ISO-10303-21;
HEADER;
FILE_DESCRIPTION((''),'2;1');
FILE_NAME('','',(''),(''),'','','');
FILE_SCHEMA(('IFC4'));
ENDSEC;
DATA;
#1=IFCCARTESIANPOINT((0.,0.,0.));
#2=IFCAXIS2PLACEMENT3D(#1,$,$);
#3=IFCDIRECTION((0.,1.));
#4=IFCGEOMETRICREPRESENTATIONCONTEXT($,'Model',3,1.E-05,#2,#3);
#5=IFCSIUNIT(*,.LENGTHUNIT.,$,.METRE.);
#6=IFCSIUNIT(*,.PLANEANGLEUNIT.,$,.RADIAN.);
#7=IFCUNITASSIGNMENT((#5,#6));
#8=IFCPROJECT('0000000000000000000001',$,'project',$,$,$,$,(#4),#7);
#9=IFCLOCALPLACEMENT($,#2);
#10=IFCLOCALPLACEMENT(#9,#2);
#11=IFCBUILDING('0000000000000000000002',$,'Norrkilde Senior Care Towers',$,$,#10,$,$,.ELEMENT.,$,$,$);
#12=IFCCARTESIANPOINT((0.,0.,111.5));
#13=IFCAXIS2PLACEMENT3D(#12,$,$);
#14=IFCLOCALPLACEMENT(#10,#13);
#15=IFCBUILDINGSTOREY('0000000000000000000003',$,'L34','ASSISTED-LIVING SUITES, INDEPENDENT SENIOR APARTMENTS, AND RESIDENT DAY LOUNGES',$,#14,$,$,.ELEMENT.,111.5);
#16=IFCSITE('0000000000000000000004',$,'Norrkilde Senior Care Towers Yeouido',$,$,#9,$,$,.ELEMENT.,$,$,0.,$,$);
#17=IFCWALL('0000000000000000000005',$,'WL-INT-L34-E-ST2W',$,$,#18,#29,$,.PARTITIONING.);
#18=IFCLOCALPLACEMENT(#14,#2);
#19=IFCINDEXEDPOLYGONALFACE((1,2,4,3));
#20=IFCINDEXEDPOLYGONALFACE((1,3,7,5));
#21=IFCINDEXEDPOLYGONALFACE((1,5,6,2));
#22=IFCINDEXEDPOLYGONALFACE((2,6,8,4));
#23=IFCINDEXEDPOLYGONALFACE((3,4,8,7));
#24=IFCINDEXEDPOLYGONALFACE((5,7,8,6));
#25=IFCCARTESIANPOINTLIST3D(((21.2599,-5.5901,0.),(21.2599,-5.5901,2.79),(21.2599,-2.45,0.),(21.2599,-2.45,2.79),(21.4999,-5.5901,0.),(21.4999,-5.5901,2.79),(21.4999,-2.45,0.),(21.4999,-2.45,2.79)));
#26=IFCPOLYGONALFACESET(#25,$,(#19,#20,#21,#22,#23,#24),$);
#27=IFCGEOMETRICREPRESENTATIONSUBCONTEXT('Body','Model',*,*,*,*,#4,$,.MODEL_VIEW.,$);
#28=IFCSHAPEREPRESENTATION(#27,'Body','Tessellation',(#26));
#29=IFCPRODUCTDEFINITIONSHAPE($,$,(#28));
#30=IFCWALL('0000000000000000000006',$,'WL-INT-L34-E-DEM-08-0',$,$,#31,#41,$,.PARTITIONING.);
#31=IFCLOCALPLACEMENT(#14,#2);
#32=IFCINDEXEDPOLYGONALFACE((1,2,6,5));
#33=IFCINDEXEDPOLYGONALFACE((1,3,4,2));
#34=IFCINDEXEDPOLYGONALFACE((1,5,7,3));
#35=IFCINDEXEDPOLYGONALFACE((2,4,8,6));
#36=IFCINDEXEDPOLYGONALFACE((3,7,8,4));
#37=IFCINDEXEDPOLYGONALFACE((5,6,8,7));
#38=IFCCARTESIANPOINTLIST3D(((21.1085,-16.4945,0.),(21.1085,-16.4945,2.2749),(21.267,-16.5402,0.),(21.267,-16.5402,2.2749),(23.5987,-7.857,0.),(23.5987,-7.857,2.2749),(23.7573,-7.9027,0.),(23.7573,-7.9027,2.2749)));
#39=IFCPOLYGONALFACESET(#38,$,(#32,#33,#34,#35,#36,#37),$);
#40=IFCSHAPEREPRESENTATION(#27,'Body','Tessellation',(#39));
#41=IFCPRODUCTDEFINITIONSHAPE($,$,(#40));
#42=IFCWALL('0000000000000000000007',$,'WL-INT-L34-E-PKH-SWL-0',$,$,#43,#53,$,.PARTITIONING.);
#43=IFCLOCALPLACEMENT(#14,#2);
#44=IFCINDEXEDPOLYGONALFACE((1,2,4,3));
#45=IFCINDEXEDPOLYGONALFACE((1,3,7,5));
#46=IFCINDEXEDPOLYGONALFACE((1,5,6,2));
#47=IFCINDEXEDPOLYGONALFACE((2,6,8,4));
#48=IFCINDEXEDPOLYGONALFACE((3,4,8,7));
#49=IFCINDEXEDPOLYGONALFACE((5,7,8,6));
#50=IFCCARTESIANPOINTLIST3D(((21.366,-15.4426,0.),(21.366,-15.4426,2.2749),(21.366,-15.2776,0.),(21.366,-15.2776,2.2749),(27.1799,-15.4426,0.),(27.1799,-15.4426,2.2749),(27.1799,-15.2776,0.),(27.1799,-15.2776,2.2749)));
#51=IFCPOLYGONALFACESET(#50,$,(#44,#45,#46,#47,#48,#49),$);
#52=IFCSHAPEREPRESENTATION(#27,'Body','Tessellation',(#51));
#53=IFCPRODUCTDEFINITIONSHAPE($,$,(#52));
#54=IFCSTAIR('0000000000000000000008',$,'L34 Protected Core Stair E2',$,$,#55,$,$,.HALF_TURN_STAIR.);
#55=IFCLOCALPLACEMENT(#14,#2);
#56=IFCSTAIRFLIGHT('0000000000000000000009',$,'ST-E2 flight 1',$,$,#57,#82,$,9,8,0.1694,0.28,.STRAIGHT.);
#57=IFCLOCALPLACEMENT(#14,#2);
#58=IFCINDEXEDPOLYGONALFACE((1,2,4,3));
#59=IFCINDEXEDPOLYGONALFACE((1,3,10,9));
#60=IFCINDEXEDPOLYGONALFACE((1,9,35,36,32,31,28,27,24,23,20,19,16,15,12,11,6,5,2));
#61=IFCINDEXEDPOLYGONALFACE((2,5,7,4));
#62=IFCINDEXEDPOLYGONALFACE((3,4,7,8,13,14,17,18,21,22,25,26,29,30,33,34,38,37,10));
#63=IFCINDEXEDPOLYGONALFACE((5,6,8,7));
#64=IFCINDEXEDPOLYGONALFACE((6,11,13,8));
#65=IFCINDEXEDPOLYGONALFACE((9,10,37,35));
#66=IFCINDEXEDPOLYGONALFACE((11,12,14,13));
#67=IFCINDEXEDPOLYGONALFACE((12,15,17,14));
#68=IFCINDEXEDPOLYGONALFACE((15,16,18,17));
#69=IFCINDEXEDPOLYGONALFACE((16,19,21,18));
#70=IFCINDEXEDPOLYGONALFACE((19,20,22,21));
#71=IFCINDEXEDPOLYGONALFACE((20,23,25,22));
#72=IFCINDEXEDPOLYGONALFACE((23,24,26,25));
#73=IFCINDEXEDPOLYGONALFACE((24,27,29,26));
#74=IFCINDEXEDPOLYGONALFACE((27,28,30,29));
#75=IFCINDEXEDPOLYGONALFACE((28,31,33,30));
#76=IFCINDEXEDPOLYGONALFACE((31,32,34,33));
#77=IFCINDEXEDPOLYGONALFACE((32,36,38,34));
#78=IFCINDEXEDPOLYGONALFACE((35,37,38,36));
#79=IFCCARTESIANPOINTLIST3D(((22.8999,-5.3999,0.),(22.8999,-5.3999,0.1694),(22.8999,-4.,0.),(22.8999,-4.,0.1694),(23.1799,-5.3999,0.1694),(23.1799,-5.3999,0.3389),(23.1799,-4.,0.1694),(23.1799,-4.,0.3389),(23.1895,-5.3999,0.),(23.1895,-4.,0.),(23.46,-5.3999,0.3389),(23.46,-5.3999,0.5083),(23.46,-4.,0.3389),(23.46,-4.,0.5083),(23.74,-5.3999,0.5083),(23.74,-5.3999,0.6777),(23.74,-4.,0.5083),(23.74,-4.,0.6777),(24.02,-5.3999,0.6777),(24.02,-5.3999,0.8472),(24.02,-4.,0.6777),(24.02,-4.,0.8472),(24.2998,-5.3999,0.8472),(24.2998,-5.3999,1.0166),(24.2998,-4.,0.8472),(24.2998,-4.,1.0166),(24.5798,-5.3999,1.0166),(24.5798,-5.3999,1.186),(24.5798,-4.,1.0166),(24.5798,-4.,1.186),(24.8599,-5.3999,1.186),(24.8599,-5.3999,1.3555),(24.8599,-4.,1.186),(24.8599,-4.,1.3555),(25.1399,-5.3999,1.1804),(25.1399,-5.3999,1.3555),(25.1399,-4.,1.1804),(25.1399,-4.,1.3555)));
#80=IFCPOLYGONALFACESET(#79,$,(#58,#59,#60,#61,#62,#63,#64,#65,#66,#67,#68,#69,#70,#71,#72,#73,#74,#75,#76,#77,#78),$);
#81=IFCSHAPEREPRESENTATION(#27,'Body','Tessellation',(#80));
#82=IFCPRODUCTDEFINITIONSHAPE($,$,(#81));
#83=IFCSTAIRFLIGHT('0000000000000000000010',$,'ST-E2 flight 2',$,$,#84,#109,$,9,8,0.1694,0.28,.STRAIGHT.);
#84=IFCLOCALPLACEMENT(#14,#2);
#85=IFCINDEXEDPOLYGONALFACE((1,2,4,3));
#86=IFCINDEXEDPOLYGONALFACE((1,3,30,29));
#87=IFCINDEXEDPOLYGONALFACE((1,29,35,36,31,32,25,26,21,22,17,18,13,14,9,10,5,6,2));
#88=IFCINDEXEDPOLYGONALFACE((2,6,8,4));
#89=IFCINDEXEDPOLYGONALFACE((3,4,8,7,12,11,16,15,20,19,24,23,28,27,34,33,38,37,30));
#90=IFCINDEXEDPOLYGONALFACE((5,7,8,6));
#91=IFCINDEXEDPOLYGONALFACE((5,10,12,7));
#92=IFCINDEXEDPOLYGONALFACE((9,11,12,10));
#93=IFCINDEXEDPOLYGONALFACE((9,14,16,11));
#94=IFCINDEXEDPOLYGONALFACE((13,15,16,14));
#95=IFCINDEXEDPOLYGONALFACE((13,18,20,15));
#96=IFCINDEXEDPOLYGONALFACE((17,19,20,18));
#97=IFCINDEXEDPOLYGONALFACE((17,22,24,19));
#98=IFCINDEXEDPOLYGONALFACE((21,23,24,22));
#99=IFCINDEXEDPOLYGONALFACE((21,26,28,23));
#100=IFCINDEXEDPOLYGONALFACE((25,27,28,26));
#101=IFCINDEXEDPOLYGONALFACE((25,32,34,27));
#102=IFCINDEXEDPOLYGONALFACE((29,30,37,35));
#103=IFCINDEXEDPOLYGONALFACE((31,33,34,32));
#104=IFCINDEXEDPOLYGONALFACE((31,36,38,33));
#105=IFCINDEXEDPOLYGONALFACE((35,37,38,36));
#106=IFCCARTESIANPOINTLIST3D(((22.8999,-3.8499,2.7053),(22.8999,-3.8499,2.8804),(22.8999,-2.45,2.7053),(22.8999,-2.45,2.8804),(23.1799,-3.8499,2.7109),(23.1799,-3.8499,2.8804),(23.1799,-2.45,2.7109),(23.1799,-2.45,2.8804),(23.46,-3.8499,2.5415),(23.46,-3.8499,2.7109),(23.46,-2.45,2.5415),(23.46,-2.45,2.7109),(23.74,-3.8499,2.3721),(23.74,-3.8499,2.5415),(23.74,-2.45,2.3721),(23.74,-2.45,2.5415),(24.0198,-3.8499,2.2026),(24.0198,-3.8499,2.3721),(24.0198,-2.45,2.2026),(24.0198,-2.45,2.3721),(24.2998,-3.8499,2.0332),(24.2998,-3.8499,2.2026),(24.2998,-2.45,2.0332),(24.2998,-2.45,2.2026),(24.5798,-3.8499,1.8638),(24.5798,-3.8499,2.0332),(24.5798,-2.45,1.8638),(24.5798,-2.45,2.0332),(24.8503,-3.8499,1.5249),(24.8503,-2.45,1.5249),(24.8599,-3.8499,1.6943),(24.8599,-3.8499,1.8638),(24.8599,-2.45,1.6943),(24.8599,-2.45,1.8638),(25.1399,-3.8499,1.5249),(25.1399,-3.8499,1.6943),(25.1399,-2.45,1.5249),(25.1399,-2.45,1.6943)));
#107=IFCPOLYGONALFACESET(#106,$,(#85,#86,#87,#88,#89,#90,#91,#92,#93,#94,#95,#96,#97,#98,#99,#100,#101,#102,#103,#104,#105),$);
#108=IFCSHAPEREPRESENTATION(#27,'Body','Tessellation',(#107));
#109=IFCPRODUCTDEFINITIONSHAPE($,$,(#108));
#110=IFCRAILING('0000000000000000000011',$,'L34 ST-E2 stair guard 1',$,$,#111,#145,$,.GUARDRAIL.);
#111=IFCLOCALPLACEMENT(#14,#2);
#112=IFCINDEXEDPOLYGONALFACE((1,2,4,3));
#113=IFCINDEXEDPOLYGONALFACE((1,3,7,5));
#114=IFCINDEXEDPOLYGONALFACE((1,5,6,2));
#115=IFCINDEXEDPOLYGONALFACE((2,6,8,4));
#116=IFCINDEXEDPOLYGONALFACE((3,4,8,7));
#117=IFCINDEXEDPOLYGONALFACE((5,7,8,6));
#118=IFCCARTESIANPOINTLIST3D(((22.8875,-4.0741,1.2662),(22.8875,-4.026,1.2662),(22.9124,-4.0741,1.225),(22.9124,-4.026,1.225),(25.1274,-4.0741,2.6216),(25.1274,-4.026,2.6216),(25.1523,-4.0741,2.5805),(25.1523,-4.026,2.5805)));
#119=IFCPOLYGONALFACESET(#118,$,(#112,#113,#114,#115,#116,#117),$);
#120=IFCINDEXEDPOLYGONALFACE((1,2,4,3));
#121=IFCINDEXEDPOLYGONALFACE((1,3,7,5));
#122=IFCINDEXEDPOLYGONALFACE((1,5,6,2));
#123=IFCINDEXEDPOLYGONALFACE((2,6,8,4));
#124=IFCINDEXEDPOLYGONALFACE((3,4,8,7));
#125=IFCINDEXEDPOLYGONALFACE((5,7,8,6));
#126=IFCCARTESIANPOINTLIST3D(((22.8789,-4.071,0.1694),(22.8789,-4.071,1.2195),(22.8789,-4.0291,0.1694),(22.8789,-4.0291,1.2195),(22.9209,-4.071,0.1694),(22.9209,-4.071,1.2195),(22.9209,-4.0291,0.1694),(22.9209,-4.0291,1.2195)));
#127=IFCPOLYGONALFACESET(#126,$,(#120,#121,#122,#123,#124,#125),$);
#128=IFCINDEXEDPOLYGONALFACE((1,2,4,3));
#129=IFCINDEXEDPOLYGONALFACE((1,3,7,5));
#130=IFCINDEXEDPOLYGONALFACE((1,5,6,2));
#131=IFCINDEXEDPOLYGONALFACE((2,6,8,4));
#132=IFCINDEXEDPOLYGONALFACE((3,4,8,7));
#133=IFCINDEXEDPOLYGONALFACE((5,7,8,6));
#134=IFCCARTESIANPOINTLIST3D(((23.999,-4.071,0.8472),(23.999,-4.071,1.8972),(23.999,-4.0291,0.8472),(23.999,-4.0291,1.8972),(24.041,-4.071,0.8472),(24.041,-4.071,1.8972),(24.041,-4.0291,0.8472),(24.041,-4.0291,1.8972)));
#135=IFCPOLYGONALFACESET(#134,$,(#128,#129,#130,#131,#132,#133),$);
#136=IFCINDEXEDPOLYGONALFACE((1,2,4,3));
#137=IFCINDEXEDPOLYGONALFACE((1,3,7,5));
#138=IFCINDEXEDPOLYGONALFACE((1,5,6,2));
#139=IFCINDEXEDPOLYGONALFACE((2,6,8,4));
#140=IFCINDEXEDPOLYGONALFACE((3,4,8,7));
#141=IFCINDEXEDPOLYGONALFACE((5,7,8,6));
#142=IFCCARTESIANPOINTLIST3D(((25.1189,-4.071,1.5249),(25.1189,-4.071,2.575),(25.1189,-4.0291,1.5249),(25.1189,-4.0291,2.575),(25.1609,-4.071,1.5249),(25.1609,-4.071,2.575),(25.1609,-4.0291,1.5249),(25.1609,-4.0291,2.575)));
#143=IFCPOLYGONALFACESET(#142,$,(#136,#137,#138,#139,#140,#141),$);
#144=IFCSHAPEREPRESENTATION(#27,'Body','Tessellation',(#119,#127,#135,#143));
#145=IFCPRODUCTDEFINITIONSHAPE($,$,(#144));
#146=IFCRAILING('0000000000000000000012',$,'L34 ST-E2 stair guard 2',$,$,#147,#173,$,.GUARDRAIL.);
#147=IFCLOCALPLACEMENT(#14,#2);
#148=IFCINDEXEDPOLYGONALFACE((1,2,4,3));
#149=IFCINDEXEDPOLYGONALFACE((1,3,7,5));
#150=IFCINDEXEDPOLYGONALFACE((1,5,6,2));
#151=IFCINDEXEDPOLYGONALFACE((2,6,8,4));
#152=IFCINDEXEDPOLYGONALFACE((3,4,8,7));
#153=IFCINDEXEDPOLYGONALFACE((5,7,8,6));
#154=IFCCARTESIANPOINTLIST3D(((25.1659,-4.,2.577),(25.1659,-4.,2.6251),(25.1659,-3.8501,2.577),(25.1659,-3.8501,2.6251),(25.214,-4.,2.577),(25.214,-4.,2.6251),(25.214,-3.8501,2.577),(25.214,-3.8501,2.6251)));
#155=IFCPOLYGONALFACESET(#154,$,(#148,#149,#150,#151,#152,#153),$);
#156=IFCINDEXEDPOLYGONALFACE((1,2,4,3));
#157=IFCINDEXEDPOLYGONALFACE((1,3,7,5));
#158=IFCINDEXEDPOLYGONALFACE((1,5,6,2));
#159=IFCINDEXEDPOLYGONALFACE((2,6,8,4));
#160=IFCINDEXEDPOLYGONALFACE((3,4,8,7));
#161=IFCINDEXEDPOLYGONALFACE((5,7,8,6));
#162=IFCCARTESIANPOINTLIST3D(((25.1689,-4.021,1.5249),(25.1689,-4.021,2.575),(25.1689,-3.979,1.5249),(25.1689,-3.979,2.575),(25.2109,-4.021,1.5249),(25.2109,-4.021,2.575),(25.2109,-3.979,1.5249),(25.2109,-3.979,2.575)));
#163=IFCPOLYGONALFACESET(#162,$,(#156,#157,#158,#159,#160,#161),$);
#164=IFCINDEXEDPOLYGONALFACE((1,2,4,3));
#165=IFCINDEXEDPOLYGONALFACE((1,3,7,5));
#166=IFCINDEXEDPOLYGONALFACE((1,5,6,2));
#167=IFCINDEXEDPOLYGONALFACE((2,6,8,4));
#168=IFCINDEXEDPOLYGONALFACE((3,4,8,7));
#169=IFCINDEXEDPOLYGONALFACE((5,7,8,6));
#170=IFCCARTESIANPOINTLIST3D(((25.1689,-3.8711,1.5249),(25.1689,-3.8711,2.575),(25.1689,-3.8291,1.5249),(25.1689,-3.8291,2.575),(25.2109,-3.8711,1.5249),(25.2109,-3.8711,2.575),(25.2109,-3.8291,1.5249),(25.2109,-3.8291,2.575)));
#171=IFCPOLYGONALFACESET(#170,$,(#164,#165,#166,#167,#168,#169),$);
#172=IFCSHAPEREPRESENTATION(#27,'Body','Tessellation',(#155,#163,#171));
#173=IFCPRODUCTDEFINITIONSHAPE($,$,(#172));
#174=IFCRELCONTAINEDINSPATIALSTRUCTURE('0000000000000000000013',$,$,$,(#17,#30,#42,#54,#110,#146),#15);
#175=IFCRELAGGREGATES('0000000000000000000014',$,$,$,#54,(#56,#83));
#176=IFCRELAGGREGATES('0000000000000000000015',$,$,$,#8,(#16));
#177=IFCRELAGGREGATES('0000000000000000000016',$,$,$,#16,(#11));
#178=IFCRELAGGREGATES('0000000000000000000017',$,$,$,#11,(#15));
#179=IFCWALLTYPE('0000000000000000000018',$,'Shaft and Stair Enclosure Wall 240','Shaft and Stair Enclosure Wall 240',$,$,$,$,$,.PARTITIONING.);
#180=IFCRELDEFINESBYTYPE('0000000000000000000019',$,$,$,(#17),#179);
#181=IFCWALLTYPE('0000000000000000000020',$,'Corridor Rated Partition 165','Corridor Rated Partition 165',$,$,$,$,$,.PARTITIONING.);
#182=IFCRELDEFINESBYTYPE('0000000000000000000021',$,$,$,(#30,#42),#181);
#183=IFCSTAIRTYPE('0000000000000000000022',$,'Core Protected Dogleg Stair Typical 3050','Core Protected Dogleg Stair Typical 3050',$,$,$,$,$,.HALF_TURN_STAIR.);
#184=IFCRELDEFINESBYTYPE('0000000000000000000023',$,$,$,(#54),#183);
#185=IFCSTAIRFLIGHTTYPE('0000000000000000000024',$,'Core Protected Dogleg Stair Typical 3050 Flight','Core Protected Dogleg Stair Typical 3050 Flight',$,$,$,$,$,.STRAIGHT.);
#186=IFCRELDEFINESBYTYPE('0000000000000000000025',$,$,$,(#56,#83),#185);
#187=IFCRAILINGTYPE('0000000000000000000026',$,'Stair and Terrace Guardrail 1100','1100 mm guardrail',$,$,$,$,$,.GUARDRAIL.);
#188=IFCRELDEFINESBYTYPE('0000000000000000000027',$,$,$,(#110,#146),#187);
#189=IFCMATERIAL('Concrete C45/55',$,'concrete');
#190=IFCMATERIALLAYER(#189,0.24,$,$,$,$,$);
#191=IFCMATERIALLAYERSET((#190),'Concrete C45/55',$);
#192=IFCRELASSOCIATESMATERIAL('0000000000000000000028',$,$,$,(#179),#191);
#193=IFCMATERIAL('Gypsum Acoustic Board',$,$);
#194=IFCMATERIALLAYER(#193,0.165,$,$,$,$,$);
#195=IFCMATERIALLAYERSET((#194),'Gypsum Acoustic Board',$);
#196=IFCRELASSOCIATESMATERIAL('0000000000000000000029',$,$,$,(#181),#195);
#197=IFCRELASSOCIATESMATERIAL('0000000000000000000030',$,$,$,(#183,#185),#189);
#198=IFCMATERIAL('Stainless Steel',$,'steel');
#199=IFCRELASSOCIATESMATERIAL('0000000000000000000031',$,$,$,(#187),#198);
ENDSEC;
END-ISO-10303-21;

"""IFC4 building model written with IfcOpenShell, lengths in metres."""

from ifc_helpers import new_model, si_unit, direction, frame, frame_2d, origin, origin_2d, place, context, subcontext, project, spatial, polyline, rectangle, outline, extrude, source, transform, mapped, material, layer, layer_set, type_object, type_shapes, element, aggregate, save


model = new_model("IFC4")

# Units and contexts
model_context = context("Model", 3, precision=1e-05, world=origin(), true_north=direction((0.0, 1.0)))
body_context = subcontext(model_context, "Body", "Model", "MODEL_VIEW")
ifc_project = project(units=[si_unit("LENGTHUNIT", "METRE"), si_unit("PLANEANGLEUNIT", "RADIAN")], contexts=[model_context])

# Site, building, storey
site_placement = place(None, origin())
site = spatial("IfcSite", under=ifc_project, at=site_placement, Name="Norrkilde Senior Care Towers Yeouido", CompositionType="ELEMENT", RefElevation=0.0)
building_placement = place(site_placement, origin())
building = spatial("IfcBuilding", under=site, at=building_placement, Name="Norrkilde Senior Care Towers", CompositionType="ELEMENT")
storey_placement = place(building_placement, frame((0.0, 0.0, 111.5)))
storey = spatial("IfcBuildingStorey", under=building, at=storey_placement, Name="L34", Description="ASSISTED-LIVING SUITES, INDEPENDENT SENIOR APARTMENTS, AND RESIDENT DAY LOUNGES", CompositionType="ELEMENT", Elevation=111.5)

# Shared definitions
ifc_material_1 = material(Name="Concrete C45/55", Category="concrete")

# Shared definitions
ifc_layer_1 = layer(ifc_material_1, 0.24)
ifc_layer_set_1 = layer_set([ifc_layer_1], Name="Concrete C45/55")
wall_type_1 = type_object("IfcWallType", Name="Shaft and Stair Enclosure Wall 240", Description="Shaft and Stair Enclosure Wall 240", PredefinedType="PARTITIONING", material=ifc_layer_set_1)

# Walls
shared_shape_1 = source(origin(), body_context, "Body", "SweptSolid", [
    extrude(rectangle(XDim=3.1401, YDim=0.24, at=frame_2d((1.5701, 0.0))), origin(), (0.0, 0.0, 1.0), 2.79),
])
wall_1_placement = place(storey_placement, frame((21.3799, -5.5901, 0.0), z_axis=(0.0, 0.0, 1.0), x_axis=(0.0, 1.0, 0.0)))
element("IfcWall", 1, at=wall_1_placement, inside=storey, type_object=wall_type_1, Name="WL-INT-L34-E-ST2W", PredefinedType="PARTITIONING", context=body_context, shape_type="MappedRepresentation", body=[
    mapped(shared_shape_1, transform((0.0, 0.0, 0.0), x_axis=(1.0, 0.0, 0.0), y_axis=(0.0, 1.0, 0.0), z_axis=(0.0, 0.0, 1.0), scale=1.0)),
])
ifc_material_2 = material(Name="Gypsum Acoustic Board")
ifc_layer_2 = layer(ifc_material_2, 0.165)
ifc_layer_set_2 = layer_set([ifc_layer_2], Name="Gypsum Acoustic Board")
wall_type_2 = type_object("IfcWallType", Name="Corridor Rated Partition 165", Description="Corridor Rated Partition 165", PredefinedType="PARTITIONING", material=ifc_layer_set_2)
shared_shape_2 = source(origin(), body_context, "Body", "SweptSolid", [
    extrude(rectangle(XDim=8.9893, YDim=0.165, at=frame_2d((4.4946, 0.0))), origin(), (0.0, 0.0, 1.0), 2.2749),
])
wall_2_placement = place(storey_placement, frame((23.678, -7.8799, 0.0), z_axis=(0.0, 0.0, 1.0), x_axis=(-0.277023, -0.960863, 0.0)))
element("IfcWall", 2, at=wall_2_placement, inside=storey, type_object=wall_type_2, Name="WL-INT-L34-E-DEM-08-0", PredefinedType="PARTITIONING", context=body_context, shape_type="MappedRepresentation", body=[
    mapped(shared_shape_2, transform((0.0, 0.0, 0.0), x_axis=(1.0, 0.0, 0.0), y_axis=(0.0, 1.0, 0.0), z_axis=(0.0, 0.0, 1.0), scale=1.0)),
])
shared_shape_3 = source(origin(), body_context, "Body", "SweptSolid", [
    extrude(rectangle(XDim=5.814, YDim=0.165, at=frame_2d((2.907, 0.0))), origin(), (0.0, 0.0, 1.0), 2.2749),
])
type_shapes(wall_type_2, [shared_shape_2, shared_shape_3])
wall_3_placement = place(storey_placement, frame((21.366, -15.3601, 0.0), z_axis=(0.0, 0.0, 1.0), x_axis=(1.0, 0.0, 0.0)))
element("IfcWall", 3, at=wall_3_placement, inside=storey, type_object=wall_type_2, Name="WL-INT-L34-E-PKH-SWL-0", PredefinedType="PARTITIONING", context=body_context, shape_type="MappedRepresentation", body=[
    mapped(shared_shape_3, transform((0.0, 0.0, 0.0), x_axis=(1.0, 0.0, 0.0), y_axis=(0.0, 1.0, 0.0), z_axis=(0.0, 0.0, 1.0), scale=1.0)),
])

# Stair, stair flights
stair_type = type_object("IfcStairType", Name="Core Protected Dogleg Stair Typical 3050", Description="Core Protected Dogleg Stair Typical 3050", PredefinedType="HALF_TURN_STAIR", material=ifc_material_1)
stair_placement = place(storey_placement, origin())
stair = element("IfcStair", 4, at=stair_placement, inside=storey, type_object=stair_type, Name="L34 Protected Core Stair E2", PredefinedType="HALF_TURN_STAIR")
stair_flight_type = type_object("IfcStairFlightType", Name="Core Protected Dogleg Stair Typical 3050 Flight", Description="Core Protected Dogleg Stair Typical 3050 Flight", PredefinedType="STRAIGHT", material=ifc_material_1)
stair_flight_1_placement = place(storey_placement, frame((22.8999, -4.7, 0.0), z_axis=(0.0, 0.0, 1.0), x_axis=(1.0, 0.0, 0.0)))
stair_flight_1 = element("IfcStairFlight", 5, at=stair_flight_1_placement, type_object=stair_flight_type, Name="ST-E2 flight 1", NumberOfRisers=9, NumberOfTreads=8, PredefinedType="STRAIGHT", RiserHeight=0.1694, TreadLength=0.28, context=body_context, shape_type="SweptSolid", body=[
    extrude(outline(polyline([(0.0, 0.0), (0.0, 0.1694), (0.28, 0.1694), (0.28, 0.3389), (0.5601, 0.3389), (0.5601, 0.5083), (0.8401, 0.5083), (0.8401, 0.6777), (1.1201, 0.6777), (1.1201, 0.8472), (1.3999, 0.8472), (1.3999, 1.0166), (1.6799, 1.0166), (1.6799, 1.186), (1.96, 1.186), (1.96, 1.3555), (2.24, 1.3555), (2.24, 1.5249), (2.24, 1.1804), (0.2896, 0.0), (0.0, 0.0)])), frame((0.0, 0.7, 0.0), z_axis=(0.0, -1.0, 0.0), x_axis=(1.0, 0.0, 0.0)), (0.0, 0.0, 1.0), 1.3999),
])
stair_flight_2_placement = place(storey_placement, frame((25.1399, -3.1499, 1.5249), z_axis=(0.0, 0.0, 1.0), x_axis=(-1.0, 0.0, 0.0)))
stair_flight_2 = element("IfcStairFlight", 6, at=stair_flight_2_placement, type_object=stair_flight_type, Name="ST-E2 flight 2", NumberOfRisers=9, NumberOfTreads=8, PredefinedType="STRAIGHT", RiserHeight=0.1694, TreadLength=0.28, context=body_context, shape_type="SweptSolid", body=[
    extrude(outline(polyline([(0.0, 0.0), (0.0, 0.1694), (0.28, 0.1694), (0.28, 0.3389), (0.5601, 0.3389), (0.5601, 0.5083), (0.8401, 0.5083), (0.8401, 0.6777), (1.1201, 0.6777), (1.1201, 0.8472), (1.3999, 0.8472), (1.3999, 1.0166), (1.6799, 1.0166), (1.6799, 1.186), (1.96, 1.186), (1.96, 1.3555), (2.24, 1.3555), (2.24, 1.5249), (2.24, 1.1804), (0.2896, 0.0), (0.0, 0.0)])), frame((0.0, 0.7, 0.0), z_axis=(0.0, -1.0, 0.0), x_axis=(1.0, 0.0, 0.0)), (0.0, 0.0, 1.0), 1.3999),
])
aggregate(stair, [stair_flight_1, stair_flight_2])

# Railings
ifc_material_3 = material(Name="Stainless Steel", Category="steel")
railing_type_1 = type_object("IfcRailingType", Name="Stair and Terrace Guardrail 1100", Description="1100 mm guardrail", PredefinedType="GUARDRAIL", material=ifc_material_3)
railing_1_placement = place(storey_placement, frame((22.8999, -4.05, 0.1694)))
element("IfcRailing", 7, at=railing_1_placement, inside=storey, type_object=railing_type_1, Name="L34 ST-E2 stair guard 1", PredefinedType="GUARDRAIL", context=body_context, shape_type="SweptSolid", body=[
    extrude(rectangle(XDim=0.0481, YDim=0.0481, at=origin_2d()), frame((0.0, 0.0, 1.0762), z_axis=(0.855553, 0.0, 0.517715), x_axis=(0.0, 1.0, 0.0)), (0.0, 0.0, 1.0), 2.6182),
    extrude(rectangle(XDim=0.042, YDim=0.042, at=origin_2d()), origin(), (0.0, 0.0, 1.0), 1.05),
    extrude(rectangle(XDim=0.042, YDim=0.042, at=origin_2d()), frame((1.1201, 0.0, 0.6777)), (0.0, 0.0, 1.0), 1.05),
    extrude(rectangle(XDim=0.042, YDim=0.042, at=origin_2d()), frame((2.24, 0.0, 1.3555)), (0.0, 0.0, 1.0), 1.05),
])
railing_2_placement = place(storey_placement, frame((25.1899, -4.0, 1.5249)))
element("IfcRailing", 8, at=railing_2_placement, inside=storey, type_object=railing_type_1, Name="L34 ST-E2 stair guard 2", PredefinedType="GUARDRAIL", context=body_context, shape_type="SweptSolid", body=[
    extrude(rectangle(XDim=0.0481, YDim=0.0481, at=origin_2d()), frame((0.0, 0.0, 1.0762), z_axis=(0.0, 1.0, 0.0), x_axis=(-1.0, 0.0, 0.0)), (0.0, 0.0, 1.0), 0.1499),
    extrude(rectangle(XDim=0.042, YDim=0.042, at=origin_2d()), origin(), (0.0, 0.0, 1.0), 1.05),
    extrude(rectangle(XDim=0.042, YDim=0.042, at=origin_2d()), frame((0.0, 0.1499, 0.0)), (0.0, 0.0, 1.0), 1.05),
])

save(model, "model.ifc")
